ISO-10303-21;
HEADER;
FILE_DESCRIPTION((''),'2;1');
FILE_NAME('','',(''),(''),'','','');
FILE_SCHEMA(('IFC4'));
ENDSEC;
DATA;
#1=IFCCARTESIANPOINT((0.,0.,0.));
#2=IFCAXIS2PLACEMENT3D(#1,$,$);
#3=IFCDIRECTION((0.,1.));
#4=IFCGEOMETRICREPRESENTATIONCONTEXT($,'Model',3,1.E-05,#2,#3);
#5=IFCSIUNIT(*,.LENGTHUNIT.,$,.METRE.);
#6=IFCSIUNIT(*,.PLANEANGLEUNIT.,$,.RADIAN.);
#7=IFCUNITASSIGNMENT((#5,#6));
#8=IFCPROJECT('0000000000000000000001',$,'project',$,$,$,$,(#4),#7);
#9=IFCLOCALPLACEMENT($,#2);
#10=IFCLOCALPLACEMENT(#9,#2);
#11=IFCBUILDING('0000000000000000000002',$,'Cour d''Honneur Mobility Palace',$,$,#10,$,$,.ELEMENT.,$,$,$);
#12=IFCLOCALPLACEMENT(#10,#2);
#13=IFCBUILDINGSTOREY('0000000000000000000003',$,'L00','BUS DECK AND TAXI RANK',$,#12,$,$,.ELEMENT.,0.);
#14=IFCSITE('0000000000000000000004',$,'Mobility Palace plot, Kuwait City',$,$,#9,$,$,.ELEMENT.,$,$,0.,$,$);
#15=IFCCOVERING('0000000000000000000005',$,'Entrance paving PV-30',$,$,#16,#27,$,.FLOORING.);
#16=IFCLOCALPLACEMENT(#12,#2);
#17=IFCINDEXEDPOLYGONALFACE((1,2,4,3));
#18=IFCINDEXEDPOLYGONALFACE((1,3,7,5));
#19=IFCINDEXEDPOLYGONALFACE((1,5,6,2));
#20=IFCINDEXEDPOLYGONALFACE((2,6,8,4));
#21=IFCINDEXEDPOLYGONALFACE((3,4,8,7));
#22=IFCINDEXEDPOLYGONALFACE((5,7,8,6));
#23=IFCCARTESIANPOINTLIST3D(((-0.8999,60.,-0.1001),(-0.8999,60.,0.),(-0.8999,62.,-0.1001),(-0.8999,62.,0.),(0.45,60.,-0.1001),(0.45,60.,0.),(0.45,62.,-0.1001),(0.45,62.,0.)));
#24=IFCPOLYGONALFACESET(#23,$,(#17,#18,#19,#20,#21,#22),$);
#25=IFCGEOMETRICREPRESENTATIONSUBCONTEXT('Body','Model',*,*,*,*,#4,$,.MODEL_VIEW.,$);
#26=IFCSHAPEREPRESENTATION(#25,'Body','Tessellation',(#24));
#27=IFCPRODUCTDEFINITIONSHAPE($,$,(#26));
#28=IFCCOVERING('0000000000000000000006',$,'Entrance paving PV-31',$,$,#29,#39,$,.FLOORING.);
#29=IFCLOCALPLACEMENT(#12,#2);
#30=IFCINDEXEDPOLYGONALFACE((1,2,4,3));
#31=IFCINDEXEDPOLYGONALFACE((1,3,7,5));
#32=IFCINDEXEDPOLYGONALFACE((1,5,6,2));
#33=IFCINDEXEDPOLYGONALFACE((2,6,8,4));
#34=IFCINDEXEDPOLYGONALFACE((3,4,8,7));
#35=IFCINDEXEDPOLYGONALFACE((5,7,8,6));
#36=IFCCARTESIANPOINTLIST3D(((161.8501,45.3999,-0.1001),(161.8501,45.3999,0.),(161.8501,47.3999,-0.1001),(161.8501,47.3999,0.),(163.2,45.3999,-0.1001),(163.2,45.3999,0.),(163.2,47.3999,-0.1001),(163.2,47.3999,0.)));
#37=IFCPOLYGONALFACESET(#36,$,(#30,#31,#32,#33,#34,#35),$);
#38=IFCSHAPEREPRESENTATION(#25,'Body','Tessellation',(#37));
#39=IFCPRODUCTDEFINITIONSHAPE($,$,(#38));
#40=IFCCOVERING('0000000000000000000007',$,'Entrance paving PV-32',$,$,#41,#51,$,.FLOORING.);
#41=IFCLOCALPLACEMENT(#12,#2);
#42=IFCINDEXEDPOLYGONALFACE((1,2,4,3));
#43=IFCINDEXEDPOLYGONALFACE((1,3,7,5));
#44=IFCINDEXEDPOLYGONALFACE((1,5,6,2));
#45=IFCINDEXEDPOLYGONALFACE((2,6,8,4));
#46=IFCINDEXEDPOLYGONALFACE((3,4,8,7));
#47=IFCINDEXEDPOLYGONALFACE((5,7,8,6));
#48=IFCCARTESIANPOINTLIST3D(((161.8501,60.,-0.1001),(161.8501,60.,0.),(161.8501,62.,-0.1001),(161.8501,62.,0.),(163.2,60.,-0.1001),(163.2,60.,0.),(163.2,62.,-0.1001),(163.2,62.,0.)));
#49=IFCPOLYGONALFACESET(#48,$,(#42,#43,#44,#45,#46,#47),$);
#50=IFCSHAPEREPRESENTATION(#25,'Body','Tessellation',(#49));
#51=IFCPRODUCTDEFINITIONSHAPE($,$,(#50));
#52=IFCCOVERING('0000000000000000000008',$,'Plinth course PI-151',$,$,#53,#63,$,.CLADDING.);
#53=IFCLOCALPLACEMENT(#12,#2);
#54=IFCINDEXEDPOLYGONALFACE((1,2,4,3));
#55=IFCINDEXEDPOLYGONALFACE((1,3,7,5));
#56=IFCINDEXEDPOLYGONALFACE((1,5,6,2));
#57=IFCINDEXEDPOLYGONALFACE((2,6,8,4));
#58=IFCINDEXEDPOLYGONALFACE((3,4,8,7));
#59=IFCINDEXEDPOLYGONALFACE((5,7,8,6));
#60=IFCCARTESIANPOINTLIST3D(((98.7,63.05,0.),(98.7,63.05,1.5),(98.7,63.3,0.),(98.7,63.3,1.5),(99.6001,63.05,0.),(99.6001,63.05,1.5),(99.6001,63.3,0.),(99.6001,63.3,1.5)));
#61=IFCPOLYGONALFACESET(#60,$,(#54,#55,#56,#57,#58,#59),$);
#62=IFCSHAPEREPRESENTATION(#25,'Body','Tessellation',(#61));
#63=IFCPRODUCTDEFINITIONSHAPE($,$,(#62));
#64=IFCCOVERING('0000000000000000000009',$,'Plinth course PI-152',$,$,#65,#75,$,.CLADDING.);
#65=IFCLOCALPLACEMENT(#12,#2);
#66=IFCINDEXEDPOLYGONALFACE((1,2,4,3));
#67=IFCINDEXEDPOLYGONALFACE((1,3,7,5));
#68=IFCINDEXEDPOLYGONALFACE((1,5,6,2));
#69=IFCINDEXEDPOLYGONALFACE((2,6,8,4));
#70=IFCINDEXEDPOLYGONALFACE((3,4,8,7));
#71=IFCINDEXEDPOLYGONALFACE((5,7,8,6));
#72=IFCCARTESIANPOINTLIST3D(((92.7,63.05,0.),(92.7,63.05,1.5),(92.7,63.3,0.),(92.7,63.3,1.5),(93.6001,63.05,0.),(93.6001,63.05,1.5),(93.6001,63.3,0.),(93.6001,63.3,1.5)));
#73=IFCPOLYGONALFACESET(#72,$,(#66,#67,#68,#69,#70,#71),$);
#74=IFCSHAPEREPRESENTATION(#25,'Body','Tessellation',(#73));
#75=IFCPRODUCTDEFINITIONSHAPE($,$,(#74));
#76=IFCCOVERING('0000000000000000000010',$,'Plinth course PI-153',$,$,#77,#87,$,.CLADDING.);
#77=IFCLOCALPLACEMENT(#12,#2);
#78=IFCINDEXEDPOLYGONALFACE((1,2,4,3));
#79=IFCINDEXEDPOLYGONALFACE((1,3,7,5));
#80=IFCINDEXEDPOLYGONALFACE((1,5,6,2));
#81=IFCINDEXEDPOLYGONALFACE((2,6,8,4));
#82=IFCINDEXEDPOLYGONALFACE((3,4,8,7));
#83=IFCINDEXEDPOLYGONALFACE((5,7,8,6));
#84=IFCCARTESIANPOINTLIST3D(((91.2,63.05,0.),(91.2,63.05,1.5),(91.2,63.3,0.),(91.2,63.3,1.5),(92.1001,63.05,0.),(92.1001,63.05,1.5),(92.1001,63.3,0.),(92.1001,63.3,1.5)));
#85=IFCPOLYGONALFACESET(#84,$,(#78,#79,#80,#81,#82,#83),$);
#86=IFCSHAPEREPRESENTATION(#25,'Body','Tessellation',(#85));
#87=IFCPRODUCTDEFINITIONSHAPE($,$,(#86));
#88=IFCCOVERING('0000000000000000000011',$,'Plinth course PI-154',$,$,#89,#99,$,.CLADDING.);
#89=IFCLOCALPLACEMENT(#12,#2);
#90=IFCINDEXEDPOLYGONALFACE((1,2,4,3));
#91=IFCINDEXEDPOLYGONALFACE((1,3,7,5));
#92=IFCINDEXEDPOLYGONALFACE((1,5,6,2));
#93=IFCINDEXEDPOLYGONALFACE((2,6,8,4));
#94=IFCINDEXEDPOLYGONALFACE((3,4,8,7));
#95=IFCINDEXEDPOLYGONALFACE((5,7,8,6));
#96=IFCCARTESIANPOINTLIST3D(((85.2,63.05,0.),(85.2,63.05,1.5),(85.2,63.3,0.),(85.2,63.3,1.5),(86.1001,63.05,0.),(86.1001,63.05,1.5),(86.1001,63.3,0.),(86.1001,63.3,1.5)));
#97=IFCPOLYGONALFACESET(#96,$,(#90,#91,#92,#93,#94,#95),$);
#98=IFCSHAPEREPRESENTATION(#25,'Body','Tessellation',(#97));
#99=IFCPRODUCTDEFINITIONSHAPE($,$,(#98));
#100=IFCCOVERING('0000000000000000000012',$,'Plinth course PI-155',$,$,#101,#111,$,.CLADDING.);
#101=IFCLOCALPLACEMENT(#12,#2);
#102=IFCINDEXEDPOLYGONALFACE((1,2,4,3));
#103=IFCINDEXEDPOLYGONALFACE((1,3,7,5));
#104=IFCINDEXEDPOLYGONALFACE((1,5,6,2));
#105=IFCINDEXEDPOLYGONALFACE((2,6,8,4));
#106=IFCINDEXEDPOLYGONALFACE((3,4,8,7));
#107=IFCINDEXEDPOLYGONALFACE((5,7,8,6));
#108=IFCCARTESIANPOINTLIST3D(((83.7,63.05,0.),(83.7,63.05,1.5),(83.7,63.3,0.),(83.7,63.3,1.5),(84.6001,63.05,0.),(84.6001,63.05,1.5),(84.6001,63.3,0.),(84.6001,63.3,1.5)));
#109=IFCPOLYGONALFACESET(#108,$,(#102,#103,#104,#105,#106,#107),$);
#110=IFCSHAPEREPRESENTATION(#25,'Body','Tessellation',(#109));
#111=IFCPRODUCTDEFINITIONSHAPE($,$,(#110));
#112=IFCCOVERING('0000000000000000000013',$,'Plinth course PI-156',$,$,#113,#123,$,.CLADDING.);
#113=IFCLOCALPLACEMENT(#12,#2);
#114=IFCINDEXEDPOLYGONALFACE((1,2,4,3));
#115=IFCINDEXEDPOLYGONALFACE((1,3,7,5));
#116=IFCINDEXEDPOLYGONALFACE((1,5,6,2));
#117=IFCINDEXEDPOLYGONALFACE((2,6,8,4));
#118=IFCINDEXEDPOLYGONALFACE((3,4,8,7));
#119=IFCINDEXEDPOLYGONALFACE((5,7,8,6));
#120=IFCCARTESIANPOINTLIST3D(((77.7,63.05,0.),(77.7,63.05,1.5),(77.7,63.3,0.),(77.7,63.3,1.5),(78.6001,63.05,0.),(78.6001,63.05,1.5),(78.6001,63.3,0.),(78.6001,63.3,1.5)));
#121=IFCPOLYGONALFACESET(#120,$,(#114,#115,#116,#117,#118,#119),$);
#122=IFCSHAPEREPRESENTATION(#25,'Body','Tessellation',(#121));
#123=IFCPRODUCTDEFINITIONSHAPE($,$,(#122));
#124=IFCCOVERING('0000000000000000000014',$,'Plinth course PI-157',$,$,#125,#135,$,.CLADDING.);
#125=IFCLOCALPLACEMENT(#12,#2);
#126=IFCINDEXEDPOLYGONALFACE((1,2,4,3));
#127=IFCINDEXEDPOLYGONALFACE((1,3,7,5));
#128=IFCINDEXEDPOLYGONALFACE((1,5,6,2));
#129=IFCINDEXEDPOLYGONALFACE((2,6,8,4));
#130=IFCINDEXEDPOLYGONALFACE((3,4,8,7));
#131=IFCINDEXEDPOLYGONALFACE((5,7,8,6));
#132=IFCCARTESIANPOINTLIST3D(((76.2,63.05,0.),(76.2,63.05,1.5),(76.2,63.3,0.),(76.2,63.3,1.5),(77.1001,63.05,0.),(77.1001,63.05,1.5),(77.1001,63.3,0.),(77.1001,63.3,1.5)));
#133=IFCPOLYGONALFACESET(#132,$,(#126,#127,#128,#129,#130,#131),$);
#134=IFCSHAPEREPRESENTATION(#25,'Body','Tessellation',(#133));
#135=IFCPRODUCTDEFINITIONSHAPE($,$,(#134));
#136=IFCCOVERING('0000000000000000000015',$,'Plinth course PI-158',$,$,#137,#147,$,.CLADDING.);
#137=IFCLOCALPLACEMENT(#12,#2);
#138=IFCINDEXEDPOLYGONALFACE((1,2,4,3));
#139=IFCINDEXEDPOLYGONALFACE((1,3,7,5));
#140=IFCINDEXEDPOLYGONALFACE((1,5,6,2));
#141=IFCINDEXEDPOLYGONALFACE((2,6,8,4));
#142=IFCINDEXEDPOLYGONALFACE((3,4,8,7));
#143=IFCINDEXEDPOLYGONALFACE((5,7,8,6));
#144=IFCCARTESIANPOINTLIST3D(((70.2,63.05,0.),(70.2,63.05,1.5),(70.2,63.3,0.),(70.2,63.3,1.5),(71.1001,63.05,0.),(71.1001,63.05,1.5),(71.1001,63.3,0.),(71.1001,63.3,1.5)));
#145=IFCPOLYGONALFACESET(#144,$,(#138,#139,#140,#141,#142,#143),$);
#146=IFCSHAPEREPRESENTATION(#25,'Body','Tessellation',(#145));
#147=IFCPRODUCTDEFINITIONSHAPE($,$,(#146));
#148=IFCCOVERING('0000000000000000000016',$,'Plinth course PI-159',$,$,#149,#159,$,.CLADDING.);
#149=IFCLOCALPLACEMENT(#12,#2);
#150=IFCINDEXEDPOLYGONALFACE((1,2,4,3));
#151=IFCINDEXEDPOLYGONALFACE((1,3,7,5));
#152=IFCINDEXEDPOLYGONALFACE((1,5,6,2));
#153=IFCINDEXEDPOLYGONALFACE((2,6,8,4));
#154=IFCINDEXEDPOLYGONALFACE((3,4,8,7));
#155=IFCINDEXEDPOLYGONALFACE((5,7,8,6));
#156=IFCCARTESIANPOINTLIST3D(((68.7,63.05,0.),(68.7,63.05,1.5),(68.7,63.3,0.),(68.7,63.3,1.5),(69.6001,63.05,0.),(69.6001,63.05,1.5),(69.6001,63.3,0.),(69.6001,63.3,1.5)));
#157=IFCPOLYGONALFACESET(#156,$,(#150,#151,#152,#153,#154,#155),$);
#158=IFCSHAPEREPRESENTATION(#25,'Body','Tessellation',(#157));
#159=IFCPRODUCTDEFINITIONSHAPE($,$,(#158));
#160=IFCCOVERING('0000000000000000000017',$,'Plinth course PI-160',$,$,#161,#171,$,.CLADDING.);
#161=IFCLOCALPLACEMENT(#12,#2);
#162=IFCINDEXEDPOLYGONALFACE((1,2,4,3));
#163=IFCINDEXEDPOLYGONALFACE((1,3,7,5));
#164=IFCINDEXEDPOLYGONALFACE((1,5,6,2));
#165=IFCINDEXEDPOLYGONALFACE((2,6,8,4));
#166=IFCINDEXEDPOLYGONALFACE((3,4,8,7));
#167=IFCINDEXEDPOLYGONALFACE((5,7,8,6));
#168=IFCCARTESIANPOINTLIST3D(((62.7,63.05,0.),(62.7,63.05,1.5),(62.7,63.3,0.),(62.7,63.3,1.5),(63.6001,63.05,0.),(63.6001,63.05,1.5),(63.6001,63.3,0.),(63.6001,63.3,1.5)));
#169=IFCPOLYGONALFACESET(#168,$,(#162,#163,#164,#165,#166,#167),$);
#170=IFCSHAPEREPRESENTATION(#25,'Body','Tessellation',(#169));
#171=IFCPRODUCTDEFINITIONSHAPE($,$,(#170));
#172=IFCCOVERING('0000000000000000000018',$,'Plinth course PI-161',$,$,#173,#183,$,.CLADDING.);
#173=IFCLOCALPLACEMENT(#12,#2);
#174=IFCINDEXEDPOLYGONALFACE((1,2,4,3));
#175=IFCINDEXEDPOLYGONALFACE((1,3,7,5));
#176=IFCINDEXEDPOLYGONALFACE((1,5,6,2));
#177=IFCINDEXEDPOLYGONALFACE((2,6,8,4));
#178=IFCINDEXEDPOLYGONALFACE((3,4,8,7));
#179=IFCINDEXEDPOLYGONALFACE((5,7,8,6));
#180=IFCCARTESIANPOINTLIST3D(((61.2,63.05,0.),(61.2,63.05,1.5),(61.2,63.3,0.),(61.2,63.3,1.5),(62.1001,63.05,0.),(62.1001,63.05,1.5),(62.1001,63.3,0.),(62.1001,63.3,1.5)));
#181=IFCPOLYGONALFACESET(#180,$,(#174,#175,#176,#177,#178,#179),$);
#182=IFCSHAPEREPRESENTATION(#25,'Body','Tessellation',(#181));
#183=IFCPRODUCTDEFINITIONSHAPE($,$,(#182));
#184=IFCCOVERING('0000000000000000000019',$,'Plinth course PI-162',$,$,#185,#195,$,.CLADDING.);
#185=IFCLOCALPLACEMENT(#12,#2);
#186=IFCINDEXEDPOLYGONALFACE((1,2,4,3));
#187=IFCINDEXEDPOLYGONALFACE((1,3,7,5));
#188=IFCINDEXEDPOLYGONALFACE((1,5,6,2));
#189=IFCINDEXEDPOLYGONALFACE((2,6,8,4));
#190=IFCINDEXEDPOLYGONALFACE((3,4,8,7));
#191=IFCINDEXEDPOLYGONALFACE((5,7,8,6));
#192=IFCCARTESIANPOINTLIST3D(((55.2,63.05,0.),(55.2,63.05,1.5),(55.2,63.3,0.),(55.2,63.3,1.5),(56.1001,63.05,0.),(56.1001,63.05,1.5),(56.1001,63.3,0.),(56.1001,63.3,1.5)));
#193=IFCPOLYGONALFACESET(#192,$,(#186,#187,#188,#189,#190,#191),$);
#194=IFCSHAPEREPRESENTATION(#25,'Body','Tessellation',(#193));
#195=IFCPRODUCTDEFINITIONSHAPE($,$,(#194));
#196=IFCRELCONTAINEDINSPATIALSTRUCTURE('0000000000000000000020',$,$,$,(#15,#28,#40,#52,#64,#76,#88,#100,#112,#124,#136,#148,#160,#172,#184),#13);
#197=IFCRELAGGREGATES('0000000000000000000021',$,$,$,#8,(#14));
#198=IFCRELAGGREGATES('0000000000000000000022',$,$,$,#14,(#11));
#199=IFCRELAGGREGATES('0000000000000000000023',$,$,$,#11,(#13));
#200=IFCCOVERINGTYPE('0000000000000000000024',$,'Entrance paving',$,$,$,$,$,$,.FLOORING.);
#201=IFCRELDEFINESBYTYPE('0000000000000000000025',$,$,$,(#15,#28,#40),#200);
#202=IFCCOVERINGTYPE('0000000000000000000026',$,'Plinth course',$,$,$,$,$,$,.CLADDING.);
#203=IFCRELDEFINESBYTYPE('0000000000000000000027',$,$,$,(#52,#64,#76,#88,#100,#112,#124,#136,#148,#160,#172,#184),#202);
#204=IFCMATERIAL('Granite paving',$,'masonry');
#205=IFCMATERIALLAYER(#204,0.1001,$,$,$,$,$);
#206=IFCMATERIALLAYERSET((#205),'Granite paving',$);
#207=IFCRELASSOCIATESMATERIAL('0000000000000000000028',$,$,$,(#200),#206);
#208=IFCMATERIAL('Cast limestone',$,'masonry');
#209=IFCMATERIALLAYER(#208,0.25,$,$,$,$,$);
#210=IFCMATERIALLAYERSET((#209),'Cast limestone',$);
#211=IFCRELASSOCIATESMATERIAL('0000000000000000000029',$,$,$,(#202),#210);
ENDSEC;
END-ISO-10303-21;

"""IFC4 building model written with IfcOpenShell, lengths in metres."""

from ifc_helpers import new_model, si_unit, direction, frame, origin, place, context, subcontext, project, spatial, polyline, outline, extrude, material, layer, layer_set, type_object, element, save


model = new_model("IFC4")

# Units and contexts
model_context = context("Model", 3, precision=1e-05, world=origin(), true_north=direction((0.0, 1.0)))
body_context = subcontext(model_context, "Body", "Model", "MODEL_VIEW")
ifc_project = project(units=[si_unit("LENGTHUNIT", "METRE"), si_unit("PLANEANGLEUNIT", "RADIAN")], contexts=[model_context])

# Site, building, storey
site_placement = place(None, origin())
site = spatial("IfcSite", under=ifc_project, at=site_placement, Name="Mobility Palace plot, Kuwait City", CompositionType="ELEMENT", RefElevation=0.0)
building_placement = place(site_placement, origin())
building = spatial("IfcBuilding", under=site, at=building_placement, Name="Cour d'Honneur Mobility Palace", CompositionType="ELEMENT")
storey_placement = place(building_placement, origin())
storey = spatial("IfcBuildingStorey", under=building, at=storey_placement, Name="L00", Description="BUS DECK AND TAXI RANK", CompositionType="ELEMENT", Elevation=0.0)

# Coverings
ifc_material_1 = material(Name="Granite paving", Category="masonry")
ifc_layer_1 = layer(ifc_material_1, 0.1001)
ifc_layer_set_1 = layer_set([ifc_layer_1], Name="Granite paving")
covering_type_1 = type_object("IfcCoveringType", Name="Entrance paving", PredefinedType="FLOORING", material=ifc_layer_set_1)
covering_1_placement = place(storey_placement, frame((0.0, 0.0, -0.1001)))
element("IfcCovering", 1, at=covering_1_placement, inside=storey, type_object=covering_type_1, Name="Entrance paving PV-30", PredefinedType="FLOORING", context=body_context, shape_type="SweptSolid", body=[
    extrude(outline(polyline([(-0.8999, 60.0), (0.45, 60.0), (0.45, 62.0), (-0.8999, 62.0), (-0.8999, 60.0)])), origin(), (0.0, 0.0, 1.0), 0.1001),
])
covering_2_placement = place(storey_placement, frame((0.0, 0.0, -0.1001)))
element("IfcCovering", 2, at=covering_2_placement, inside=storey, type_object=covering_type_1, Name="Entrance paving PV-31", PredefinedType="FLOORING", context=body_context, shape_type="SweptSolid", body=[
    extrude(outline(polyline([(161.8501, 45.3999), (163.2, 45.3999), (163.2, 47.3999), (161.8501, 47.3999), (161.8501, 45.3999)])), origin(), (0.0, 0.0, 1.0), 0.1001),
])
covering_3_placement = place(storey_placement, frame((0.0, 0.0, -0.1001)))
element("IfcCovering", 3, at=covering_3_placement, inside=storey, type_object=covering_type_1, Name="Entrance paving PV-32", PredefinedType="FLOORING", context=body_context, shape_type="SweptSolid", body=[
    extrude(outline(polyline([(161.8501, 60.0), (163.2, 60.0), (163.2, 62.0), (161.8501, 62.0), (161.8501, 60.0)])), origin(), (0.0, 0.0, 1.0), 0.1001),
])
ifc_material_2 = material(Name="Cast limestone", Category="masonry")
ifc_layer_2 = layer(ifc_material_2, 0.25)
ifc_layer_set_2 = layer_set([ifc_layer_2], Name="Cast limestone")
covering_type_2 = type_object("IfcCoveringType", Name="Plinth course", PredefinedType="CLADDING", material=ifc_layer_set_2)
covering_4_placement = place(storey_placement, origin())
element("IfcCovering", 4, at=covering_4_placement, inside=storey, type_object=covering_type_2, Name="Plinth course PI-151", PredefinedType="CLADDING", context=body_context, shape_type="SweptSolid", body=[
    extrude(outline(polyline([(99.6001, 63.05), (98.7, 63.05), (98.7, 63.3), (99.6001, 63.3), (99.6001, 63.05)])), origin(), (0.0, 0.0, 1.0), 1.5),
])
covering_5_placement = place(storey_placement, origin())
element("IfcCovering", 5, at=covering_5_placement, inside=storey, type_object=covering_type_2, Name="Plinth course PI-152", PredefinedType="CLADDING", context=body_context, shape_type="SweptSolid", body=[
    extrude(outline(polyline([(93.6001, 63.05), (92.7, 63.05), (92.7, 63.3), (93.6001, 63.3), (93.6001, 63.05)])), origin(), (0.0, 0.0, 1.0), 1.5),
])
covering_6_placement = place(storey_placement, origin())
element("IfcCovering", 6, at=covering_6_placement, inside=storey, type_object=covering_type_2, Name="Plinth course PI-153", PredefinedType="CLADDING", context=body_context, shape_type="SweptSolid", body=[
    extrude(outline(polyline([(92.1001, 63.05), (91.2, 63.05), (91.2, 63.3), (92.1001, 63.3), (92.1001, 63.05)])), origin(), (0.0, 0.0, 1.0), 1.5),
])
covering_7_placement = place(storey_placement, origin())
element("IfcCovering", 7, at=covering_7_placement, inside=storey, type_object=covering_type_2, Name="Plinth course PI-154", PredefinedType="CLADDING", context=body_context, shape_type="SweptSolid", body=[
    extrude(outline(polyline([(86.1001, 63.05), (85.2, 63.05), (85.2, 63.3), (86.1001, 63.3), (86.1001, 63.05)])), origin(), (0.0, 0.0, 1.0), 1.5),
])
covering_8_placement = place(storey_placement, origin())
element("IfcCovering", 8, at=covering_8_placement, inside=storey, type_object=covering_type_2, Name="Plinth course PI-155", PredefinedType="CLADDING", context=body_context, shape_type="SweptSolid", body=[
    extrude(outline(polyline([(84.6001, 63.05), (83.7, 63.05), (83.7, 63.3), (84.6001, 63.3), (84.6001, 63.05)])), origin(), (0.0, 0.0, 1.0), 1.5),
])
covering_9_placement = place(storey_placement, origin())
element("IfcCovering", 9, at=covering_9_placement, inside=storey, type_object=covering_type_2, Name="Plinth course PI-156", PredefinedType="CLADDING", context=body_context, shape_type="SweptSolid", body=[
    extrude(outline(polyline([(78.6001, 63.05), (77.7, 63.05), (77.7, 63.3), (78.6001, 63.3), (78.6001, 63.05)])), origin(), (0.0, 0.0, 1.0), 1.5),
])
covering_10_placement = place(storey_placement, origin())
element("IfcCovering", 10, at=covering_10_placement, inside=storey, type_object=covering_type_2, Name="Plinth course PI-157", PredefinedType="CLADDING", context=body_context, shape_type="SweptSolid", body=[
    extrude(outline(polyline([(77.1001, 63.05), (76.2, 63.05), (76.2, 63.3), (77.1001, 63.3), (77.1001, 63.05)])), origin(), (0.0, 0.0, 1.0), 1.5),
])
covering_11_placement = place(storey_placement, origin())
element("IfcCovering", 11, at=covering_11_placement, inside=storey, type_object=covering_type_2, Name="Plinth course PI-158", PredefinedType="CLADDING", context=body_context, shape_type="SweptSolid", body=[
    extrude(outline(polyline([(71.1001, 63.05), (70.2, 63.05), (70.2, 63.3), (71.1001, 63.3), (71.1001, 63.05)])), origin(), (0.0, 0.0, 1.0), 1.5),
])
covering_12_placement = place(storey_placement, origin())
element("IfcCovering", 12, at=covering_12_placement, inside=storey, type_object=covering_type_2, Name="Plinth course PI-159", PredefinedType="CLADDING", context=body_context, shape_type="SweptSolid", body=[
    extrude(outline(polyline([(69.6001, 63.05), (68.7, 63.05), (68.7, 63.3), (69.6001, 63.3), (69.6001, 63.05)])), origin(), (0.0, 0.0, 1.0), 1.5),
])
covering_13_placement = place(storey_placement, origin())
element("IfcCovering", 13, at=covering_13_placement, inside=storey, type_object=covering_type_2, Name="Plinth course PI-160", PredefinedType="CLADDING", context=body_context, shape_type="SweptSolid", body=[
    extrude(outline(polyline([(63.6001, 63.05), (62.7, 63.05), (62.7, 63.3), (63.6001, 63.3), (63.6001, 63.05)])), origin(), (0.0, 0.0, 1.0), 1.5),
])
covering_14_placement = place(storey_placement, origin())
element("IfcCovering", 14, at=covering_14_placement, inside=storey, type_object=covering_type_2, Name="Plinth course PI-161", PredefinedType="CLADDING", context=body_context, shape_type="SweptSolid", body=[
    extrude(outline(polyline([(62.1001, 63.05), (61.2, 63.05), (61.2, 63.3), (62.1001, 63.3), (62.1001, 63.05)])), origin(), (0.0, 0.0, 1.0), 1.5),
])
covering_15_placement = place(storey_placement, origin())
element("IfcCovering", 15, at=covering_15_placement, inside=storey, type_object=covering_type_2, Name="Plinth course PI-162", PredefinedType="CLADDING", context=body_context, shape_type="SweptSolid", body=[
    extrude(outline(polyline([(56.1001, 63.05), (55.2, 63.05), (55.2, 63.3), (56.1001, 63.3), (56.1001, 63.05)])), origin(), (0.0, 0.0, 1.0), 1.5),
])

save(model, "model.ifc")
